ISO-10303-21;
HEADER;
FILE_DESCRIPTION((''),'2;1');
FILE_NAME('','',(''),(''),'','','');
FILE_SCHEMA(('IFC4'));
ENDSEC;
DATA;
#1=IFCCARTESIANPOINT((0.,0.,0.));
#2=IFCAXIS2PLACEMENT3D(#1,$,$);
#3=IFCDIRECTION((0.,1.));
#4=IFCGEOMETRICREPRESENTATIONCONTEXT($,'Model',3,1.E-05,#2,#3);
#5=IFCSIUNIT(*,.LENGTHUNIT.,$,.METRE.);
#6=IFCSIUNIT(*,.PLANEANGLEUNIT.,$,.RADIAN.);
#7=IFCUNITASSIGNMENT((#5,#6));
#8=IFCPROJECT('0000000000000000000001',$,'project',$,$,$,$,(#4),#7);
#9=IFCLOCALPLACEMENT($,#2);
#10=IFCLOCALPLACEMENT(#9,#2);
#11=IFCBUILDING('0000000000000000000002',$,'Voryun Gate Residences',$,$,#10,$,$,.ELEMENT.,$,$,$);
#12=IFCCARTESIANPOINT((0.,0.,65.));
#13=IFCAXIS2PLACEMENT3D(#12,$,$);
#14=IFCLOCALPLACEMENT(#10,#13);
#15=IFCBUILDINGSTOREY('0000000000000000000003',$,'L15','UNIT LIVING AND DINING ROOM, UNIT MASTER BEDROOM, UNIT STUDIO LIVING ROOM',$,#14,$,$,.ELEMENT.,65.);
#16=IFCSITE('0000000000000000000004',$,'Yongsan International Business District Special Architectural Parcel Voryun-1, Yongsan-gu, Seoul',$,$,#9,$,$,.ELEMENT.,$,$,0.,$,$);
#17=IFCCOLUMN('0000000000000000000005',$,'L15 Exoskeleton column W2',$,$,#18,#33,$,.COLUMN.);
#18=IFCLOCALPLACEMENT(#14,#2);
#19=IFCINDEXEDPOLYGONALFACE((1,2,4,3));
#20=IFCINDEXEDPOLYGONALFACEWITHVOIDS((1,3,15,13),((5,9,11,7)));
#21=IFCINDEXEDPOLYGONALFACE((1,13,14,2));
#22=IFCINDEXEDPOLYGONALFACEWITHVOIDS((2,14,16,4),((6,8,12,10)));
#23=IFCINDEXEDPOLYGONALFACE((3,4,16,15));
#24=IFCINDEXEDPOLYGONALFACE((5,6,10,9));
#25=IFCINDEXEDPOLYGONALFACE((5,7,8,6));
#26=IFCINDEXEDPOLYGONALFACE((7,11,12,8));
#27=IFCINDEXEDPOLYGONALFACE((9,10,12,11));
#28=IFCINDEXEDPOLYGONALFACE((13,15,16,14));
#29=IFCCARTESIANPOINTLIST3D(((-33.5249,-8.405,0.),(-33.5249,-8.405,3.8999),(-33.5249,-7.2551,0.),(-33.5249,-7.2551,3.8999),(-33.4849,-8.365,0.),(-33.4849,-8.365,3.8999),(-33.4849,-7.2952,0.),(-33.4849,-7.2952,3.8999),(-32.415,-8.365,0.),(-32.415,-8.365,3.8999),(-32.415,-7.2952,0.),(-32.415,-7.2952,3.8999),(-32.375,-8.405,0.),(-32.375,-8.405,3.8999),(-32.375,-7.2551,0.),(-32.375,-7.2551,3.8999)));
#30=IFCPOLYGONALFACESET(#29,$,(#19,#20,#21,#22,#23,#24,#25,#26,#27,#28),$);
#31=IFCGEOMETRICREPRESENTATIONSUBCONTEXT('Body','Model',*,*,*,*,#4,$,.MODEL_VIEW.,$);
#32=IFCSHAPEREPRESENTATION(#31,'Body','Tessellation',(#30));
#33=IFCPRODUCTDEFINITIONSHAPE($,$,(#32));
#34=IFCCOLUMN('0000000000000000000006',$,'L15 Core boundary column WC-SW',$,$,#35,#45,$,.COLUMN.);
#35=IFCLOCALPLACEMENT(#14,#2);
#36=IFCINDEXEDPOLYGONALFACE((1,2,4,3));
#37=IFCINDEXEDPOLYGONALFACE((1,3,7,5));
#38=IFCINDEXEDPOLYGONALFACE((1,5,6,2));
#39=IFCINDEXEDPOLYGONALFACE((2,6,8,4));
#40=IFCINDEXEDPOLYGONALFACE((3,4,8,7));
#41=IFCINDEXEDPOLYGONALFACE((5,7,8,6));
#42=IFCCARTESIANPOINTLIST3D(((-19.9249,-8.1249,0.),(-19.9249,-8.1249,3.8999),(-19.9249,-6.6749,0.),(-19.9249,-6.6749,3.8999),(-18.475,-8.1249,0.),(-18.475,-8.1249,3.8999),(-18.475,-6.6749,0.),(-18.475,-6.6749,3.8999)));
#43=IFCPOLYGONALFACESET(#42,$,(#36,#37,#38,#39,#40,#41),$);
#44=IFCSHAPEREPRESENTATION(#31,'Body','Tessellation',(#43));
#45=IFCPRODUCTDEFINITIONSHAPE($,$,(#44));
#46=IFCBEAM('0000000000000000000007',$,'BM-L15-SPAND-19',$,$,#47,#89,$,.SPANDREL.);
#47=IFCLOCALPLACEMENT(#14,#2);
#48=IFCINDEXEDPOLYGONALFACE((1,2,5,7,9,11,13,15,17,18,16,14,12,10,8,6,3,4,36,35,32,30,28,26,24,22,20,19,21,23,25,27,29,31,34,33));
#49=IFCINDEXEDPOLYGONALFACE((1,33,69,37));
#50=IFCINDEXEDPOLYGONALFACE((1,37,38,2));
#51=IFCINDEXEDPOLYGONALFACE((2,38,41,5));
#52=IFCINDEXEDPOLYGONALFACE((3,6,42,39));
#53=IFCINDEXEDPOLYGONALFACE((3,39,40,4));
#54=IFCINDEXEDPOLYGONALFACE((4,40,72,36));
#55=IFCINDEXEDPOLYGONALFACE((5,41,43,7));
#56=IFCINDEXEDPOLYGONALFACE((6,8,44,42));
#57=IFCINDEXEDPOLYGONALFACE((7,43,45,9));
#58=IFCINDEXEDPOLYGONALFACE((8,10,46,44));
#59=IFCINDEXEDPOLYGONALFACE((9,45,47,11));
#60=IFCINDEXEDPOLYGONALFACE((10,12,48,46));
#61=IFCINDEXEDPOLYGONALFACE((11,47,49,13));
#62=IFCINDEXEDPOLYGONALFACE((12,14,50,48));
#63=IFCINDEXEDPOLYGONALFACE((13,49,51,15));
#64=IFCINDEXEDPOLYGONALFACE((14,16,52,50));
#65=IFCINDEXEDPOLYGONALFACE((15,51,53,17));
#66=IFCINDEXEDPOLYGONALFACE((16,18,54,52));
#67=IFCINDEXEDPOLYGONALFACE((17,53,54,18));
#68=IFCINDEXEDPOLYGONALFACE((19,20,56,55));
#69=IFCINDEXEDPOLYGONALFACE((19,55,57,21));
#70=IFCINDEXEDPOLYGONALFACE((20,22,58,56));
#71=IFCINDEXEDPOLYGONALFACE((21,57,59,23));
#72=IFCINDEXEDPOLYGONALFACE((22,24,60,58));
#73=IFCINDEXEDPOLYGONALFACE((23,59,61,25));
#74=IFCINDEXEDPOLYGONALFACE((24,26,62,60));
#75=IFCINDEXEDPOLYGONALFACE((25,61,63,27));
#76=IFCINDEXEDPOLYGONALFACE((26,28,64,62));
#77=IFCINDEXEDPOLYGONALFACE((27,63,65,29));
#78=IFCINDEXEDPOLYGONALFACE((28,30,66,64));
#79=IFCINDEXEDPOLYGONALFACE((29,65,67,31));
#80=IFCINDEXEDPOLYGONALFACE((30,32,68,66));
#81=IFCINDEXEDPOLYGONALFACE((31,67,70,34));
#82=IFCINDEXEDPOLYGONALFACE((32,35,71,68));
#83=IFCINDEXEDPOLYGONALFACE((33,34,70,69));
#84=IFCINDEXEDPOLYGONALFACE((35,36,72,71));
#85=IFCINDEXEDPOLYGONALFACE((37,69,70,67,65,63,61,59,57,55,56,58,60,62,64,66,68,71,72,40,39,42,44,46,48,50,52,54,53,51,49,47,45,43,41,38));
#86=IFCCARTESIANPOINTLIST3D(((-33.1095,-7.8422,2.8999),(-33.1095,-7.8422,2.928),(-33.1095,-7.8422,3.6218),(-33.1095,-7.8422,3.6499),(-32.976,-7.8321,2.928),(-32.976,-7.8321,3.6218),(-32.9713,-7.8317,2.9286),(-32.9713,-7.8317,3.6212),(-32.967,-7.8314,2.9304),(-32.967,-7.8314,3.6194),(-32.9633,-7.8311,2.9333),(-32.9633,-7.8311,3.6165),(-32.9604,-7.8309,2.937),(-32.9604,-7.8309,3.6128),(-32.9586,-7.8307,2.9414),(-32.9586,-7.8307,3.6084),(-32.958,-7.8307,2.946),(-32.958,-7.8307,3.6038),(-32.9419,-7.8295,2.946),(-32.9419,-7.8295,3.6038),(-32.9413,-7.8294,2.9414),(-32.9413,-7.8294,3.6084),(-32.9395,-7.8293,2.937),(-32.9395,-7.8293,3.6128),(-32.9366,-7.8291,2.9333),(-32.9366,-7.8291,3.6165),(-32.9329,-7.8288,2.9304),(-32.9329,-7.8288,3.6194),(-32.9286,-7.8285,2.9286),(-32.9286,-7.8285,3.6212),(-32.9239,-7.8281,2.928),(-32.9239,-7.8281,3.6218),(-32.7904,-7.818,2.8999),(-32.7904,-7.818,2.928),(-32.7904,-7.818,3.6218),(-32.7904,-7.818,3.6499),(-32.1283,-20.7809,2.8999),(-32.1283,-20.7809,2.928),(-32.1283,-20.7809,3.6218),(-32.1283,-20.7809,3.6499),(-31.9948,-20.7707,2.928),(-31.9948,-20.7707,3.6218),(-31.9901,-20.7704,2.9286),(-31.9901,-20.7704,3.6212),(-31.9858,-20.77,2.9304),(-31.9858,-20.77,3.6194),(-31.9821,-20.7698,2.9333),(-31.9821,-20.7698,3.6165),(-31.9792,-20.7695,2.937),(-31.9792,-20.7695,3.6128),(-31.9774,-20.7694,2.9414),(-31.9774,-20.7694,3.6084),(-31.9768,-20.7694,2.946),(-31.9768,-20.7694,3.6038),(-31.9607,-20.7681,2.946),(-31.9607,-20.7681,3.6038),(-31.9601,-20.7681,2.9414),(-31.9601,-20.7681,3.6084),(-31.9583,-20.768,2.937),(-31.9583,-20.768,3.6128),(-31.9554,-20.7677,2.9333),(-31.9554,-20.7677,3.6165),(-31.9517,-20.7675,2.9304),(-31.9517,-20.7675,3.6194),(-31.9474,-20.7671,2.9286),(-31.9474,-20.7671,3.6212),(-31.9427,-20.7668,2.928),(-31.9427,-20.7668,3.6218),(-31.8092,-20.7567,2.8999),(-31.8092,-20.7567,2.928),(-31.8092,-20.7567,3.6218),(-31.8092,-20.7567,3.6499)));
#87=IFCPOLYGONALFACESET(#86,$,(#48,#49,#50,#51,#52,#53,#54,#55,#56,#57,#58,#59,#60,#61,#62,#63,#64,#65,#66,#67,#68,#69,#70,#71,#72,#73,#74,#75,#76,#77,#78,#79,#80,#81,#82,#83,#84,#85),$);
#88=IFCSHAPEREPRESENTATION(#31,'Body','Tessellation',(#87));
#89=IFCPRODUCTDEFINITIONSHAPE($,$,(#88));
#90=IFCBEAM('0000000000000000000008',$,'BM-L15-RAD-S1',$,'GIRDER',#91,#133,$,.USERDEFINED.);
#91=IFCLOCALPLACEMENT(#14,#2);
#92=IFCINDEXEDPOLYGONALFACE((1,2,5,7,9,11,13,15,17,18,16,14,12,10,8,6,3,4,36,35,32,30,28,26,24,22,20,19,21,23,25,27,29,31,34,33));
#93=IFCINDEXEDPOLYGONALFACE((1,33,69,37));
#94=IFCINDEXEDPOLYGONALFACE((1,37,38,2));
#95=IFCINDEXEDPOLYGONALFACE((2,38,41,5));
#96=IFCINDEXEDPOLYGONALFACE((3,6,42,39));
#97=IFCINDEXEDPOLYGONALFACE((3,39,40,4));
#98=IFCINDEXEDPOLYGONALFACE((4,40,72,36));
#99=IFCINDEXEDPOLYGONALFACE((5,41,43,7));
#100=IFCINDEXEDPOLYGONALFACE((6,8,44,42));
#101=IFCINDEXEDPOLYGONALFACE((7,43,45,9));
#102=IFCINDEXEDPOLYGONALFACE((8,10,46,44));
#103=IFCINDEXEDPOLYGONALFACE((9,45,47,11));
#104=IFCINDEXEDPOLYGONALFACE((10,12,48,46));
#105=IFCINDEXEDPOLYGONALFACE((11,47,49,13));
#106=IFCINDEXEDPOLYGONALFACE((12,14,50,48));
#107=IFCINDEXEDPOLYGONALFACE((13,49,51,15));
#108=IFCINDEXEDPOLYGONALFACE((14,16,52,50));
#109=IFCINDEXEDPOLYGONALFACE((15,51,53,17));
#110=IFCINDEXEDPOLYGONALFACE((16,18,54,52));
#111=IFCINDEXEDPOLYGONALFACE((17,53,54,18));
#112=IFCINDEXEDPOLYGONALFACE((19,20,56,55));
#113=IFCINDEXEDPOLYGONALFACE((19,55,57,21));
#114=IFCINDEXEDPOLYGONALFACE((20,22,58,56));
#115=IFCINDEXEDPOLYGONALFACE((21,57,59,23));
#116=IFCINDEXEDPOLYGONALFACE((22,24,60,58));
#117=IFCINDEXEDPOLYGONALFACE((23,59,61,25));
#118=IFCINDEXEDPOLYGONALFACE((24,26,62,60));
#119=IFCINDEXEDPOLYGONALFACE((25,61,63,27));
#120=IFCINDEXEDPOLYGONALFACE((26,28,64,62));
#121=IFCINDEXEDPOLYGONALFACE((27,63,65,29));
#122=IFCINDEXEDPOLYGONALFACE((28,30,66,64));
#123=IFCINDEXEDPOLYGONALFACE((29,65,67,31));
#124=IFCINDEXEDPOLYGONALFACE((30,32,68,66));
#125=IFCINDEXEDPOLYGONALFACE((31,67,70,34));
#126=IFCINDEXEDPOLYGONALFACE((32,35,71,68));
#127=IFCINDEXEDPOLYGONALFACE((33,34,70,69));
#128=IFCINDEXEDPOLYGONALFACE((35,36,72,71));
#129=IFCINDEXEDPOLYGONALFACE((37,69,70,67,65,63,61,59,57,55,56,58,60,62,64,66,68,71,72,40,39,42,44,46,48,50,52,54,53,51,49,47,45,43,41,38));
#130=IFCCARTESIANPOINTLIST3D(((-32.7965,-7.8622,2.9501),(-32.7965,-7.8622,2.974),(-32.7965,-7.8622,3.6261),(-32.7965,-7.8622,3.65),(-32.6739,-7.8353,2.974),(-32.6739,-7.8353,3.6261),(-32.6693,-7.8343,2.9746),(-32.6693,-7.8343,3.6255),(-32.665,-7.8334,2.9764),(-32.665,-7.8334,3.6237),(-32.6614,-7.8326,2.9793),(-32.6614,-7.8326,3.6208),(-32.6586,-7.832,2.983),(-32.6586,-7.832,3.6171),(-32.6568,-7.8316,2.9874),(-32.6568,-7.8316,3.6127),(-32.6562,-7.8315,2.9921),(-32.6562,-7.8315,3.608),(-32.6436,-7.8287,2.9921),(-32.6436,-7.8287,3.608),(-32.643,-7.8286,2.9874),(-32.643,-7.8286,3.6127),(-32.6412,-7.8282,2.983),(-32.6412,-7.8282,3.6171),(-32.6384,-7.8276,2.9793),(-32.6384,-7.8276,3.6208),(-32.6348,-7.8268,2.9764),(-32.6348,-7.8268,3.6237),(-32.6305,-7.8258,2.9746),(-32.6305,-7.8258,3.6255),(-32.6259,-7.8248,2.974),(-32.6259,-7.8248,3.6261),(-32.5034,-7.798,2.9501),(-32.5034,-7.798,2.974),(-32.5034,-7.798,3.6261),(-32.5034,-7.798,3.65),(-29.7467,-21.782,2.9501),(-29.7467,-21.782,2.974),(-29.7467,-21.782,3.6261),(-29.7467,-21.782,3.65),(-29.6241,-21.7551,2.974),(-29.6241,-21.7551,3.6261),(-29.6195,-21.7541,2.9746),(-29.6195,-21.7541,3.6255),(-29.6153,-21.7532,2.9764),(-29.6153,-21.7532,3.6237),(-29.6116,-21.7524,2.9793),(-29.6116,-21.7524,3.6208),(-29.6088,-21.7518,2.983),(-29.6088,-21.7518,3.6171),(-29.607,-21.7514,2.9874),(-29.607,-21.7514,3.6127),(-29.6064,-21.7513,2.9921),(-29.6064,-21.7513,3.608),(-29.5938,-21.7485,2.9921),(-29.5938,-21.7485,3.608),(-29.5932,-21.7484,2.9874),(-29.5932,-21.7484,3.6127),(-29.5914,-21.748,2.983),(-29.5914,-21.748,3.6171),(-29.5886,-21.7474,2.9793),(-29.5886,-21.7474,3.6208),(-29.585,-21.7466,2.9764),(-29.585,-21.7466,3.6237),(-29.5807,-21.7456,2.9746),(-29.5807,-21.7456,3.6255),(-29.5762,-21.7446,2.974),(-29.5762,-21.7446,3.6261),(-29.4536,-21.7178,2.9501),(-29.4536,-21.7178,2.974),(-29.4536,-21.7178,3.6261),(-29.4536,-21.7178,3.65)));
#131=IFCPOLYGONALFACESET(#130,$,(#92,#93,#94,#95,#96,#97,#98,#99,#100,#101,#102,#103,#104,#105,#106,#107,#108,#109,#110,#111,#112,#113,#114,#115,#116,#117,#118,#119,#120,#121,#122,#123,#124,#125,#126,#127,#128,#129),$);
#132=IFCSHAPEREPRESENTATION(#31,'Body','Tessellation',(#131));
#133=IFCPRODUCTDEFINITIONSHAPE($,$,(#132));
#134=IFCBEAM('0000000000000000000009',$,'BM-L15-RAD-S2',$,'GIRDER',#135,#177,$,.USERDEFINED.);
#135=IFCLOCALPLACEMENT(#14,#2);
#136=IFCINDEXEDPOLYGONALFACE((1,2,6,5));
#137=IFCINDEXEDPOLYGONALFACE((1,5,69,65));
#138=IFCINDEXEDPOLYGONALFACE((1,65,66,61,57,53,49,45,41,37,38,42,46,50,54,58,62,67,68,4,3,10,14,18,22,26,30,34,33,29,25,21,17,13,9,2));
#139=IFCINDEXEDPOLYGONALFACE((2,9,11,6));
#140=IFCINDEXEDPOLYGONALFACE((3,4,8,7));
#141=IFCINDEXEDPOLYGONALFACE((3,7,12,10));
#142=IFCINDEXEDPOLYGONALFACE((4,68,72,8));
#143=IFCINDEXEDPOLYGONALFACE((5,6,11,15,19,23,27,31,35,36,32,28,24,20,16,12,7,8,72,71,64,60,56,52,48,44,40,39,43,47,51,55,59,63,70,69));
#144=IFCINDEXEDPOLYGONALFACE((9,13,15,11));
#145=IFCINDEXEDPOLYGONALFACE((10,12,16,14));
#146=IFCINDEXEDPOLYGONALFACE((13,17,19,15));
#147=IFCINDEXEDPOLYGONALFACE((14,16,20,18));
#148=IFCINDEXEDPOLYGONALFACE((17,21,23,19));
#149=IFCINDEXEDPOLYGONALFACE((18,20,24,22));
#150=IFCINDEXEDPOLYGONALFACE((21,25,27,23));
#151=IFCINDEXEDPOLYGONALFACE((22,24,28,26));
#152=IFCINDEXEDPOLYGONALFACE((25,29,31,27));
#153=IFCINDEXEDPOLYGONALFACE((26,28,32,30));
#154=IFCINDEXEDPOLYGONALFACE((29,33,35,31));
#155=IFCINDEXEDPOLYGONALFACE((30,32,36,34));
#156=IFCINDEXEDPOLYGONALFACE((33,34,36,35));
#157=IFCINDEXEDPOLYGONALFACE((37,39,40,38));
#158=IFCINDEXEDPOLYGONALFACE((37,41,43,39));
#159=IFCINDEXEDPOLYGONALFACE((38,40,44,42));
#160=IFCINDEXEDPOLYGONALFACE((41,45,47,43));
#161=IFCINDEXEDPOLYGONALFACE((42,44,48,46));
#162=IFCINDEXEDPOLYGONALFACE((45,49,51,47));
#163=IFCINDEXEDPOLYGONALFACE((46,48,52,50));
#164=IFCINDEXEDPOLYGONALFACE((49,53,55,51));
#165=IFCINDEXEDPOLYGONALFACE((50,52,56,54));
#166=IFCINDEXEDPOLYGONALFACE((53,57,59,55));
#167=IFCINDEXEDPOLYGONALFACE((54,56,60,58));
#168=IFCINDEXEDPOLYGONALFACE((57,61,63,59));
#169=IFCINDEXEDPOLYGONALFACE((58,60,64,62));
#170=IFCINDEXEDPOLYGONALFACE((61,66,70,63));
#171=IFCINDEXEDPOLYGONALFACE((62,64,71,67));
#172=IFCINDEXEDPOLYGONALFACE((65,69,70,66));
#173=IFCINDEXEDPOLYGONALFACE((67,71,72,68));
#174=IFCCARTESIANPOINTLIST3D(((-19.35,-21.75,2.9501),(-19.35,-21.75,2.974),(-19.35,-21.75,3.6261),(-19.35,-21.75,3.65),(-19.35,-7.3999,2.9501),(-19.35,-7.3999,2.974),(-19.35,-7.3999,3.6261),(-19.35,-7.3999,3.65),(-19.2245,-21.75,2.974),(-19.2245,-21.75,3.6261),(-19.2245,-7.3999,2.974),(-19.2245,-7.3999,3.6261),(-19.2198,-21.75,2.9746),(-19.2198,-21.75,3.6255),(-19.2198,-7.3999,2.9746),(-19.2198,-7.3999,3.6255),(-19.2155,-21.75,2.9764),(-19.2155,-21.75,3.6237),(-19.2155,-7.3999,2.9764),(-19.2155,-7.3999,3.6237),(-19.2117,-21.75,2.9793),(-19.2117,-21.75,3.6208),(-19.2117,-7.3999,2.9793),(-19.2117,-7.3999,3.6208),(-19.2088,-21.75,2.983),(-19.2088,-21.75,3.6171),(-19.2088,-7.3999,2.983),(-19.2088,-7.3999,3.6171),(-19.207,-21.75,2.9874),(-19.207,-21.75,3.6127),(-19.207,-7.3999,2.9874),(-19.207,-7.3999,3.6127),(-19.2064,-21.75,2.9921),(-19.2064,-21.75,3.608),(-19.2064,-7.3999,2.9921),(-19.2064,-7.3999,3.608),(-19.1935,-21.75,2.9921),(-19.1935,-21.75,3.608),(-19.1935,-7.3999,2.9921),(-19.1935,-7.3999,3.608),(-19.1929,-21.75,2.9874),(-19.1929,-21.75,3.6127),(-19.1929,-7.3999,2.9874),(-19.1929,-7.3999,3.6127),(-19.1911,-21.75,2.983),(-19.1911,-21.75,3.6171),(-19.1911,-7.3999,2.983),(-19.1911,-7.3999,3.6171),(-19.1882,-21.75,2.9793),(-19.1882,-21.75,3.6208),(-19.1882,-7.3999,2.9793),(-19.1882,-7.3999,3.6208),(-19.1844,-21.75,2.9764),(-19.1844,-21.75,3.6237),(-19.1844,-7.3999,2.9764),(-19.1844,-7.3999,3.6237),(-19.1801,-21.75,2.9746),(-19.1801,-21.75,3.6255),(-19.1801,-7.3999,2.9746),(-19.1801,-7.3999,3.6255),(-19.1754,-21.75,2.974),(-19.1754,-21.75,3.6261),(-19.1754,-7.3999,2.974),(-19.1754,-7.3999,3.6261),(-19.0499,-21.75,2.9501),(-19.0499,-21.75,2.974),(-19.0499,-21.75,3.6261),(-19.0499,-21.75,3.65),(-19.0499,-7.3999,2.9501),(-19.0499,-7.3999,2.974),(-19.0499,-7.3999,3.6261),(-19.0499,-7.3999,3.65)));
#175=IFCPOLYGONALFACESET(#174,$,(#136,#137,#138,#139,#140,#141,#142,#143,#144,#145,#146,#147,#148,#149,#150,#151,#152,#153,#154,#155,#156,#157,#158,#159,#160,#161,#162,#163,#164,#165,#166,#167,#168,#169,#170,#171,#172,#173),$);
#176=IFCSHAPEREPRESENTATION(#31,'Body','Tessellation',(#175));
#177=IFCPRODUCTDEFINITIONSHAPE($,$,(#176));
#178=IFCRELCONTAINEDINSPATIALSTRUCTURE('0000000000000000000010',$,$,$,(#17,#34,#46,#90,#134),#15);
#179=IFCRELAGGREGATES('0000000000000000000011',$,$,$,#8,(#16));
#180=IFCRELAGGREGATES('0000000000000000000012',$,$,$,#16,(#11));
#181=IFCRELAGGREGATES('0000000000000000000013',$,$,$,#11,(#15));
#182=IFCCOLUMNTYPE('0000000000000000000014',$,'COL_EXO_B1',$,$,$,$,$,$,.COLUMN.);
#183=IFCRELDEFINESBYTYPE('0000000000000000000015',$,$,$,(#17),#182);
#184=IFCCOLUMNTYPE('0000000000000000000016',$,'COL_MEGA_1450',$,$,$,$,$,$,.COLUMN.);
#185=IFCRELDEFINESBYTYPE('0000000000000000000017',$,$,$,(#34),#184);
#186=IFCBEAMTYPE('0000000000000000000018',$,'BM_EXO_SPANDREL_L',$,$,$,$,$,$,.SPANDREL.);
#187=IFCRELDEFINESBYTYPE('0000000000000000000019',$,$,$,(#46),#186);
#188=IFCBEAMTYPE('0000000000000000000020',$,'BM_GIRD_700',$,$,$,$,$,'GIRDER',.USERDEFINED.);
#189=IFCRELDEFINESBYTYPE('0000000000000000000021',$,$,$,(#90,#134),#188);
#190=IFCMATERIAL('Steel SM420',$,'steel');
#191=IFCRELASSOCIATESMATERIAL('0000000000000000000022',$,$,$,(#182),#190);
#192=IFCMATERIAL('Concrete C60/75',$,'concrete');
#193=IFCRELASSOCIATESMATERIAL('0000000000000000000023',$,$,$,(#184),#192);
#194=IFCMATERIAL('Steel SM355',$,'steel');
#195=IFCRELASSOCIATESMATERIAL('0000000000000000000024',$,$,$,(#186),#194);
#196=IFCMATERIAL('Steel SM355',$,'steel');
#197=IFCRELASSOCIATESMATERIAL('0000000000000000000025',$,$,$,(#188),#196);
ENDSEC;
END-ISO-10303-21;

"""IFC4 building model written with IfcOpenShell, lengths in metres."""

from ifc_helpers import new_model, si_unit, direction, frame, origin, origin_2d, place, context, subcontext, project, spatial, rectangle, hollow_rectangle, i_section, extrude, material, material_profile, profile_set, type_object, element, save


model = new_model("IFC4")

# Units and contexts
model_context = context("Model", 3, precision=1e-05, world=origin(), true_north=direction((0.0, 1.0)))
body_context = subcontext(model_context, "Body", "Model", "MODEL_VIEW")
ifc_project = project(units=[si_unit("LENGTHUNIT", "METRE"), si_unit("PLANEANGLEUNIT", "RADIAN")], contexts=[model_context])

# Site, building, storey
site_placement = place(None, origin())
site = spatial("IfcSite", under=ifc_project, at=site_placement, Name="Yongsan International Business District Special Architectural Parcel Voryun-1, Yongsan-gu, Seoul", CompositionType="ELEMENT", RefElevation=0.0)
building_placement = place(site_placement, origin())
building = spatial("IfcBuilding", under=site, at=building_placement, Name="Voryun Gate Residences", CompositionType="ELEMENT")
storey_placement = place(building_placement, frame((0.0, 0.0, 65.0)))
storey = spatial("IfcBuildingStorey", under=building, at=storey_placement, Name="L15", Description="UNIT LIVING AND DINING ROOM, UNIT MASTER BEDROOM, UNIT STUDIO LIVING ROOM", CompositionType="ELEMENT", Elevation=65.0)

# Columns
ifc_material_1 = material(Name="Steel SM420", Category="steel")
ifc_material_profile_1 = material_profile(ifc_material_1, hollow_rectangle(XDim=1.1499, YDim=1.1499, WallThickness=0.04, at=origin_2d()), Name="BOX-1150x1150x40")
ifc_profile_set_1 = profile_set([ifc_material_profile_1], Name="Steel SM420")
column_type_1 = type_object("IfcColumnType", Name="COL_EXO_B1", PredefinedType="COLUMN", material=ifc_profile_set_1)
column_1_placement = place(storey_placement, frame((-32.95, -7.8301, 0.0), z_axis=(0.0, 0.0, 1.0), x_axis=(1.0, 0.0, 0.0)))
element("IfcColumn", 1, at=column_1_placement, inside=storey, type_object=column_type_1, Name="L15 Exoskeleton column W2", PredefinedType="COLUMN", context=body_context, shape_type="SweptSolid", body=[
    extrude(hollow_rectangle(XDim=1.1499, YDim=1.1499, WallThickness=0.04, at=origin_2d()), origin(), (0.0, 0.0, 1.0), 3.8999),
])
ifc_material_2 = material(Name="Concrete C60/75", Category="concrete")
ifc_material_profile_2 = material_profile(ifc_material_2, rectangle(XDim=1.45, YDim=1.45, at=origin_2d()), Name="RC-1450x1450")
ifc_profile_set_2 = profile_set([ifc_material_profile_2], Name="Concrete C60/75")
column_type_2 = type_object("IfcColumnType", Name="COL_MEGA_1450", PredefinedType="COLUMN", material=ifc_profile_set_2)
column_2_placement = place(storey_placement, frame((-19.2, -7.3999, 0.0), z_axis=(0.0, 0.0, 1.0), x_axis=(1.0, 0.0, 0.0)))
element("IfcColumn", 2, at=column_2_placement, inside=storey, type_object=column_type_2, Name="L15 Core boundary column WC-SW", PredefinedType="COLUMN", context=body_context, shape_type="SweptSolid", body=[
    extrude(rectangle(XDim=1.45, YDim=1.45, at=origin_2d()), origin(), (0.0, 0.0, 1.0), 3.8999),
])

# Beams
ifc_material_3 = material(Name="Steel SM355", Category="steel")
ifc_material_profile_3 = material_profile(ifc_material_3, i_section(OverallWidth=0.3201, OverallDepth=0.75, WebThickness=0.0161, FlangeThickness=0.0281, FilletRadius=0.0181, at=origin_2d()), Name="H-750x320x16x28")
ifc_profile_set_3 = profile_set([ifc_material_profile_3], Name="Steel SM355")
beam_type_1 = type_object("IfcBeamType", Name="BM_EXO_SPANDREL_L", PredefinedType="SPANDREL", material=ifc_profile_set_3)
beam_1_placement = place(storey_placement, frame((-32.95, -7.8301, 3.2749), z_axis=(0.075617, -0.997137, 0.0), x_axis=(0.997137, 0.075617, 0.0)))
element("IfcBeam", 3, at=beam_1_placement, inside=storey, type_object=beam_type_1, Name="BM-L15-SPAND-19", PredefinedType="SPANDREL", context=body_context, shape_type="SweptSolid", body=[
    extrude(i_section(OverallWidth=0.3201, OverallDepth=0.75, WebThickness=0.0161, FlangeThickness=0.0281, FilletRadius=0.0181, at=origin_2d()), origin(), (0.0, 0.0, 1.0), 12.9758),
])
ifc_material_4 = material(Name="Steel SM355", Category="steel")
ifc_material_profile_4 = material_profile(ifc_material_4, i_section(OverallWidth=0.3, OverallDepth=0.7, WebThickness=0.0129, FlangeThickness=0.0239, FilletRadius=0.0181, at=origin_2d()), Name="H-700x300x13x24")
ifc_profile_set_4 = profile_set([ifc_material_profile_4], Name="Steel SM355")
beam_type_2 = type_object("IfcBeamType", Name="BM_GIRD_700", ElementType="GIRDER", PredefinedType="USERDEFINED", material=ifc_profile_set_4)
beam_2_placement = place(storey_placement, frame((-32.6499, -7.8301, 3.3), z_axis=(0.21402, -0.976829, 0.0), x_axis=(0.976829, 0.21402, 0.0)))
element("IfcBeam", 4, at=beam_2_placement, inside=storey, type_object=beam_type_2, Name="BM-L15-RAD-S1", ObjectType="GIRDER", PredefinedType="USERDEFINED", context=body_context, shape_type="SweptSolid", body=[
    extrude(i_section(OverallWidth=0.3, OverallDepth=0.7, WebThickness=0.0129, FlangeThickness=0.0239, FilletRadius=0.0181, at=origin_2d()), origin(), (0.0, 0.0, 1.0), 14.25),
])
beam_3_placement = place(storey_placement, frame((-19.2, -7.3999, 3.3), z_axis=(0.0, -1.0, 0.0), x_axis=(1.0, 0.0, 0.0)))
element("IfcBeam", 5, at=beam_3_placement, inside=storey, type_object=beam_type_2, Name="BM-L15-RAD-S2", ObjectType="GIRDER", PredefinedType="USERDEFINED", context=body_context, shape_type="SweptSolid", body=[
    extrude(i_section(OverallWidth=0.3, OverallDepth=0.7, WebThickness=0.0129, FlangeThickness=0.0239, FilletRadius=0.0181, at=origin_2d()), origin(), (0.0, 0.0, 1.0), 14.3501),
])

save(model, "model.ifc")
